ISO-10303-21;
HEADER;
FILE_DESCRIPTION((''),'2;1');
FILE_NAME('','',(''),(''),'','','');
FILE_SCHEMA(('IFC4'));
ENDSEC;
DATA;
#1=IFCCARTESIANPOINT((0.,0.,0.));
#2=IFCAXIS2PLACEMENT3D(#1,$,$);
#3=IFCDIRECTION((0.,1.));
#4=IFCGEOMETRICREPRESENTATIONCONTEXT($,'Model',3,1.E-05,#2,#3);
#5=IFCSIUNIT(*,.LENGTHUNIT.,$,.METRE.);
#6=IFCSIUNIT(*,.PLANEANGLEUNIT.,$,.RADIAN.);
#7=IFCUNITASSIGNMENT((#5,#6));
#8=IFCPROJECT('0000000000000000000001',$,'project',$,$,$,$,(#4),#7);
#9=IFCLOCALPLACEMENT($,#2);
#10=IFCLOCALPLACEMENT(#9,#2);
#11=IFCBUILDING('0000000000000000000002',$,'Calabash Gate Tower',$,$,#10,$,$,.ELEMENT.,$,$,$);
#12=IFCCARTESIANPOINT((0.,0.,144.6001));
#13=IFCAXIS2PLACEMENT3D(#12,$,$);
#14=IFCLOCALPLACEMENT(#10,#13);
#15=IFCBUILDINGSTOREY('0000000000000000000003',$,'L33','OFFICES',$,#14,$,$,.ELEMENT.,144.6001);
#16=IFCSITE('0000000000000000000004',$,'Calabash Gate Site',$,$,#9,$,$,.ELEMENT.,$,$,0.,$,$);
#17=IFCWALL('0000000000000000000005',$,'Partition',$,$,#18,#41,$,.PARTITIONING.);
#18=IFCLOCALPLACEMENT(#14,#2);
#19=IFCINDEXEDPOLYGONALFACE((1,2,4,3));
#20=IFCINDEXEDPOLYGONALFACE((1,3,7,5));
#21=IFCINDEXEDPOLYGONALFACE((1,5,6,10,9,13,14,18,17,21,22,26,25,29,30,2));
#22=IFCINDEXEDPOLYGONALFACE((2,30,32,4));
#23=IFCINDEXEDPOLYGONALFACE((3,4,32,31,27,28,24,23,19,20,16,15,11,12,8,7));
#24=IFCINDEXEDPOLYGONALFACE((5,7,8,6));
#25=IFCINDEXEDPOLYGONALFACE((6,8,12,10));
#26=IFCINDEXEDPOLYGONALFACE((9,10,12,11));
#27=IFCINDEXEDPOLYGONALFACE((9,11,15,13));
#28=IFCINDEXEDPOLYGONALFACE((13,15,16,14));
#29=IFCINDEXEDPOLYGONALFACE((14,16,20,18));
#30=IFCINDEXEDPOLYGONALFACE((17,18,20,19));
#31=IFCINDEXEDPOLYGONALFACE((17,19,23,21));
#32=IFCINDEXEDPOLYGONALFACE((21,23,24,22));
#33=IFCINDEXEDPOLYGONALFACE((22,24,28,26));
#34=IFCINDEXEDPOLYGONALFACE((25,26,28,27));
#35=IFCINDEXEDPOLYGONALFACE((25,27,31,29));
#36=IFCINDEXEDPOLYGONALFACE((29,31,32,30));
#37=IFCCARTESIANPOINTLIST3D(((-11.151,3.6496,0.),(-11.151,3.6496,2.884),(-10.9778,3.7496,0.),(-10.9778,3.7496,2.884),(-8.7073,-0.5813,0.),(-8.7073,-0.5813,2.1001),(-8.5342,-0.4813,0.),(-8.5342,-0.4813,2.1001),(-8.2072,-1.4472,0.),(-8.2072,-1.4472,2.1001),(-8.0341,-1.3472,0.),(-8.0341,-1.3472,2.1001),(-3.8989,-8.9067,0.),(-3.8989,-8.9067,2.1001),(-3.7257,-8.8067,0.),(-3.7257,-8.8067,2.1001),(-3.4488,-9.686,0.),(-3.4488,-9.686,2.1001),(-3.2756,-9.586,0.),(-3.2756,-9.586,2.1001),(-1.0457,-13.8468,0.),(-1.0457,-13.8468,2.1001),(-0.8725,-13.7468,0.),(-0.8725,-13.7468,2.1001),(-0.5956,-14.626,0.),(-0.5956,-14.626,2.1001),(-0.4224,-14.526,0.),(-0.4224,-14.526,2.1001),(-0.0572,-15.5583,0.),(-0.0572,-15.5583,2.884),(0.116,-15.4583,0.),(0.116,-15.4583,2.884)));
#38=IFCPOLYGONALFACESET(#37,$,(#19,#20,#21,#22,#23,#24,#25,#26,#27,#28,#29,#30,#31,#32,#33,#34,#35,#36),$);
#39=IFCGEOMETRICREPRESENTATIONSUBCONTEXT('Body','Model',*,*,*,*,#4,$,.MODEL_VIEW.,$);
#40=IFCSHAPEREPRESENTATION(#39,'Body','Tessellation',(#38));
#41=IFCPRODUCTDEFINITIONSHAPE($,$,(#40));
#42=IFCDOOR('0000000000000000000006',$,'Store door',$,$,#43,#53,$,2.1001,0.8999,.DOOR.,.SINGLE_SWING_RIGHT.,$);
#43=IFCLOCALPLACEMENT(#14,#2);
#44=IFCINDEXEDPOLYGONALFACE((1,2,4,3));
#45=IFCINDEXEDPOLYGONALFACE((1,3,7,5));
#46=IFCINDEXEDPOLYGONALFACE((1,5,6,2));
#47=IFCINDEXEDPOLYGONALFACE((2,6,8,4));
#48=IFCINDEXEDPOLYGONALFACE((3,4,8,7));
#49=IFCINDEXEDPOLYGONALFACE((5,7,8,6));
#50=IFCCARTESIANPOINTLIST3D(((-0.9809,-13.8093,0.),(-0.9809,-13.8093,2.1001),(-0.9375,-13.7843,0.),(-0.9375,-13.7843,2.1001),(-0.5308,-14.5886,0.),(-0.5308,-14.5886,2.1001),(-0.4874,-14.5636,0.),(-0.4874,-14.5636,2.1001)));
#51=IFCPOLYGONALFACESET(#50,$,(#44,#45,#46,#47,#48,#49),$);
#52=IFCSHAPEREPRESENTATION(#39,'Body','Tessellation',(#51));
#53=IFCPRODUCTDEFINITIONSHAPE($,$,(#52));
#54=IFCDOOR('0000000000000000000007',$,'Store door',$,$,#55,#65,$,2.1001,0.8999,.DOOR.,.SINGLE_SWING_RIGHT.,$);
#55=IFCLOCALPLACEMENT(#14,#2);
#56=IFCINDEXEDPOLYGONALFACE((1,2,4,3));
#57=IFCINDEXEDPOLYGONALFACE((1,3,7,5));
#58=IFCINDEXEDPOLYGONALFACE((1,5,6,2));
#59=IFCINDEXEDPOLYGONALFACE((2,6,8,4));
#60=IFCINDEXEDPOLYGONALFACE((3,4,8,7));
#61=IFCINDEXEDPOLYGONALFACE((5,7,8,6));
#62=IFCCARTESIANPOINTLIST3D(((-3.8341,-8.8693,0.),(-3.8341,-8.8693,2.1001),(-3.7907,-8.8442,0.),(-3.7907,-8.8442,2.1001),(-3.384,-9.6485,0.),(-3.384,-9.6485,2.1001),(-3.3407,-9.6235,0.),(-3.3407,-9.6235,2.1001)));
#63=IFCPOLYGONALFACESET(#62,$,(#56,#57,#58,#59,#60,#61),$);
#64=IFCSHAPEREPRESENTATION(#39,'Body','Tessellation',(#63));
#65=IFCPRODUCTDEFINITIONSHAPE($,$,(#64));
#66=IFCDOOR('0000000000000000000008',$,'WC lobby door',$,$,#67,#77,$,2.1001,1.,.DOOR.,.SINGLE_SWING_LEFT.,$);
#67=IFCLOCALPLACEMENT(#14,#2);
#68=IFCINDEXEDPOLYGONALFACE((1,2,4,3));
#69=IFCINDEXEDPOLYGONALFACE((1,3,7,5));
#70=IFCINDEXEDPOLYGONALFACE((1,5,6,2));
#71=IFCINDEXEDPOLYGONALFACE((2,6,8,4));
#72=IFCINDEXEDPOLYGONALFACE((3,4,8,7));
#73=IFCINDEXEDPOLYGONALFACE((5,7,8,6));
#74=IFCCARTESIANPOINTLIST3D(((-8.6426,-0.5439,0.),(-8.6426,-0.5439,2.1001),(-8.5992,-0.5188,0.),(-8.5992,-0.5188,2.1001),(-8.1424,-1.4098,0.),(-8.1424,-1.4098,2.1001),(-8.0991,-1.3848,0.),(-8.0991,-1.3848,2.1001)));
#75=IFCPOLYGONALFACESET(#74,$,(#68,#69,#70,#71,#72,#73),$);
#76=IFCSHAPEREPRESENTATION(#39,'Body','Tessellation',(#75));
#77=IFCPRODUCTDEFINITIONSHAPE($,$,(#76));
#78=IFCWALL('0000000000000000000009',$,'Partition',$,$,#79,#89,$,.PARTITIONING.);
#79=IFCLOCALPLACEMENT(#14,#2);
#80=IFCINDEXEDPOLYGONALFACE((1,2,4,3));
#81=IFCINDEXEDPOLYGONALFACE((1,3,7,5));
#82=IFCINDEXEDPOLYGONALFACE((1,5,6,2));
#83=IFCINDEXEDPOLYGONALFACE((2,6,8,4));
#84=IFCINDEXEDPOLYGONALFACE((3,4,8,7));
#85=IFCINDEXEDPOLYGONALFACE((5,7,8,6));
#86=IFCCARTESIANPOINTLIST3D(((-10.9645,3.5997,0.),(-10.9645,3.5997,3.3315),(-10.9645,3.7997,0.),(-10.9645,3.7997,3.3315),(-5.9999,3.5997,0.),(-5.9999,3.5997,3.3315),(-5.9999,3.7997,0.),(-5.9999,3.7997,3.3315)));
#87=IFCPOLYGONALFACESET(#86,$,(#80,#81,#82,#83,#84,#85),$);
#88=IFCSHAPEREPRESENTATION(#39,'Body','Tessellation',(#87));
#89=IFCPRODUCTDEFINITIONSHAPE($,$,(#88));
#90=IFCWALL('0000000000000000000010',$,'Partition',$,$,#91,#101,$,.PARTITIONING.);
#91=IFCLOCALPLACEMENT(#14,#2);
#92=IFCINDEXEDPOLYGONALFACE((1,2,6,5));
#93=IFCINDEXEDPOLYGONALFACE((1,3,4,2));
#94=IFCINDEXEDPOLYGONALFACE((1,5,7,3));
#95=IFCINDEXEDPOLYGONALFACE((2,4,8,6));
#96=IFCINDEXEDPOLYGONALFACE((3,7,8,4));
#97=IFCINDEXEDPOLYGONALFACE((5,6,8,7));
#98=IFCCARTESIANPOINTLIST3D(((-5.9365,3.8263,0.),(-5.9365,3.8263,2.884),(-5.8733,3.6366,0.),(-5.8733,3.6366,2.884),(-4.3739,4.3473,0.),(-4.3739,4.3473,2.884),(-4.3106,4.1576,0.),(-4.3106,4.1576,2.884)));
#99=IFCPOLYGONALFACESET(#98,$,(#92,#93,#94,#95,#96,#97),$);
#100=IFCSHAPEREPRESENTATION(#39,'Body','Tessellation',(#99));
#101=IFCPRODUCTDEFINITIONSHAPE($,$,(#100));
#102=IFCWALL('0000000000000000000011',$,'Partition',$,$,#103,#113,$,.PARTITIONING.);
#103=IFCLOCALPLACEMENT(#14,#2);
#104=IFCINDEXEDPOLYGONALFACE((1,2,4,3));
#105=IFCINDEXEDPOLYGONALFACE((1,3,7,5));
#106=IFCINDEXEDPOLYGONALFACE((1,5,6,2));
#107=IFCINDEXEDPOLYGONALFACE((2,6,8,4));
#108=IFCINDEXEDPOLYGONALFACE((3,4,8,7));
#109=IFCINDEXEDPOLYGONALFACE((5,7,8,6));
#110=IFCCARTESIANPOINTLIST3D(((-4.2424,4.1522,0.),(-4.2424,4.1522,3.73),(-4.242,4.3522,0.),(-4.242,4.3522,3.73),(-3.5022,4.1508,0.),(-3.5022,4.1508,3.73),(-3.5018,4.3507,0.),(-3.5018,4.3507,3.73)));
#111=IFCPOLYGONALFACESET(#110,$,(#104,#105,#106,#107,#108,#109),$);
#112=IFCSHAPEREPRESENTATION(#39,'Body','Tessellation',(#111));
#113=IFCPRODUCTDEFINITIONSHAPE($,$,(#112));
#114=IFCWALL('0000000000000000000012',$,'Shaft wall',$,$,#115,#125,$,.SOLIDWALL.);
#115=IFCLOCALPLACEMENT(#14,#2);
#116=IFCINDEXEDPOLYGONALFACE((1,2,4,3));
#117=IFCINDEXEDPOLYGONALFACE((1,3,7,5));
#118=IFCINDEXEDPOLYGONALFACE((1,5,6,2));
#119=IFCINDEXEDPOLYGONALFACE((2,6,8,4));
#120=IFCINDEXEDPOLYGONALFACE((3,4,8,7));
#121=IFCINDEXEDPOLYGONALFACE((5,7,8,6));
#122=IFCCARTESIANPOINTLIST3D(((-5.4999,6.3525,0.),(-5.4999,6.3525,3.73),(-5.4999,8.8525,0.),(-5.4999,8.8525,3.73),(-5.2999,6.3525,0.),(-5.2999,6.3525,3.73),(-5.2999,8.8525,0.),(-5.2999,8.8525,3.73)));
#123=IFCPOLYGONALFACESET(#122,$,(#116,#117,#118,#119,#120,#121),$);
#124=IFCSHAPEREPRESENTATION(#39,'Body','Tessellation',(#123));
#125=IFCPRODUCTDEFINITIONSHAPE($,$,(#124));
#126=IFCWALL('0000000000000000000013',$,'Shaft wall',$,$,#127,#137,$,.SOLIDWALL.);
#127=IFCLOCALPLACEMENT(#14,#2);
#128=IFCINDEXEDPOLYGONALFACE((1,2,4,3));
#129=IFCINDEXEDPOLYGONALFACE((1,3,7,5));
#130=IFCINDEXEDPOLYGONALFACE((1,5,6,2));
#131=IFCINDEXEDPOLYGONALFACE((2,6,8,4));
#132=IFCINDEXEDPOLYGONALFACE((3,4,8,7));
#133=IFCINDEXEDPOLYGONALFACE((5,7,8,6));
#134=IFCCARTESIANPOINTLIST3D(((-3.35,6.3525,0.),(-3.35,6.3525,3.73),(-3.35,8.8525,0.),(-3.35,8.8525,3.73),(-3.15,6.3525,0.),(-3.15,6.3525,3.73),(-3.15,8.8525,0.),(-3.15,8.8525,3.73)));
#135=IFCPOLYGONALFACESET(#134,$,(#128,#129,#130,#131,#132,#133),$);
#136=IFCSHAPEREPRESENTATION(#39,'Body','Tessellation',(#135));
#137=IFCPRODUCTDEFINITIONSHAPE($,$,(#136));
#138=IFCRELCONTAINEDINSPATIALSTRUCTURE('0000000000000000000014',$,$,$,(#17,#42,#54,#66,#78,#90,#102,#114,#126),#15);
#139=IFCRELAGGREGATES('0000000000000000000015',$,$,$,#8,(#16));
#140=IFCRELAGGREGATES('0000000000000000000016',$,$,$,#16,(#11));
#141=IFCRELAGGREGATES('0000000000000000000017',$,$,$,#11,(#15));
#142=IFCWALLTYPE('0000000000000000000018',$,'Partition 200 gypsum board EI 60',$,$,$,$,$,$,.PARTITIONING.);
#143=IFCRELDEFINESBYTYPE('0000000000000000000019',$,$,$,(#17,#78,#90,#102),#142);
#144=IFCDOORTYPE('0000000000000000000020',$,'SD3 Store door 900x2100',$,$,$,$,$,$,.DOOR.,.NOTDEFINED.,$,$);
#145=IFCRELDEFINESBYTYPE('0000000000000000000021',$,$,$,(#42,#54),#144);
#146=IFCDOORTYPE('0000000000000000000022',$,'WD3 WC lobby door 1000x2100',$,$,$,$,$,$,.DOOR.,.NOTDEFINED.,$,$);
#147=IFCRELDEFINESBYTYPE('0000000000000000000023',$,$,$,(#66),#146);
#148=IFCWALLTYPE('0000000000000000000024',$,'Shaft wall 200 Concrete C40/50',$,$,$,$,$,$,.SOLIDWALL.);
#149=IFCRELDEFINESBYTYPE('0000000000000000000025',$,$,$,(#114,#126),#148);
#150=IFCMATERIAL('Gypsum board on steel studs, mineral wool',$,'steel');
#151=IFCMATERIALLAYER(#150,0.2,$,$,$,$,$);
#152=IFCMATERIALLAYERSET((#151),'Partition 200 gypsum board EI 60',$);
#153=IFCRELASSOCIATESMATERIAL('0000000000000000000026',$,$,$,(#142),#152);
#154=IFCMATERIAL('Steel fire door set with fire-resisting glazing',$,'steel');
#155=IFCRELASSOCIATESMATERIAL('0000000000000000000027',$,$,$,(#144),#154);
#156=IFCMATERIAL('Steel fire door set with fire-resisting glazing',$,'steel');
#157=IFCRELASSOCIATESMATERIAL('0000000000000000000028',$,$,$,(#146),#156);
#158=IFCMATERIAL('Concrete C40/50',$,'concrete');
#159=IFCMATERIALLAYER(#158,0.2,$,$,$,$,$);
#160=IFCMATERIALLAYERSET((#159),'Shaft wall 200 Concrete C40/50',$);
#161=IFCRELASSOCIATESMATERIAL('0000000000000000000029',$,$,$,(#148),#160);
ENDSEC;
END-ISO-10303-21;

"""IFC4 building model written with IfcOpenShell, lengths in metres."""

from ifc_helpers import new_model, si_unit, direction, frame, frame_2d, origin, place, context, subcontext, project, spatial, rectangle, extrude, material, layer, layer_set, type_object, element, fill, save


model = new_model("IFC4")

# Units and contexts
model_context = context("Model", 3, precision=1e-05, world=origin(), true_north=direction((0.0, 1.0)))
body_context = subcontext(model_context, "Body", "Model", "MODEL_VIEW")
ifc_project = project(units=[si_unit("LENGTHUNIT", "METRE"), si_unit("PLANEANGLEUNIT", "RADIAN")], contexts=[model_context])

# Site, building, storey
site_placement = place(None, origin())
site = spatial("IfcSite", under=ifc_project, at=site_placement, Name="Calabash Gate Site", CompositionType="ELEMENT", RefElevation=0.0)
building_placement = place(site_placement, origin())
building = spatial("IfcBuilding", under=site, at=building_placement, Name="Calabash Gate Tower", CompositionType="ELEMENT")
storey_placement = place(building_placement, frame((0.0, 0.0, 144.6001)))
storey = spatial("IfcBuildingStorey", under=building, at=storey_placement, Name="L33", Description="OFFICES", CompositionType="ELEMENT", Elevation=144.6001)

# Shared definitions
ifc_material_1 = material(Name="Gypsum board on steel studs, mineral wool", Category="steel")
ifc_layer_1 = layer(ifc_material_1, 0.2)
ifc_layer_set_1 = layer_set([ifc_layer_1], Name="Partition 200 gypsum board EI 60")
wall_type_1 = type_object("IfcWallType", Name="Partition 200 gypsum board EI 60", PredefinedType="PARTITIONING", material=ifc_layer_set_1)

# Wall, openings, doors
wall_1_placement = place(storey_placement, frame((-11.0645, 3.6997, 0.0), z_axis=(0.0, 0.0, 1.0), x_axis=(0.50014, -0.865945, 0.0)))
wall_1 = element("IfcWall", 1, at=wall_1_placement, inside=storey, type_object=wall_type_1, Name="Partition", PredefinedType="PARTITIONING", context=body_context, shape_type="SweptSolid", body=[
    extrude(rectangle(XDim=22.1814, YDim=0.2, at=frame_2d((11.0908, 0.0))), origin(), (0.0, 0.0, 1.0), 2.884),
])
opening_1_placement = place(wall_1_placement, frame((20.2051, 0.0, 0.0)))
opening_1 = element("IfcOpeningElement", 2, at=opening_1_placement, cuts=wall_1, PredefinedType="OPENING", context=body_context, shape_type="SweptSolid", body=[
    extrude(rectangle(XDim=0.8999, YDim=2.1001, at=frame_2d((0.45, 1.05))), frame((0.0, 0.1099, 0.0), z_axis=(0.0, -1.0, 0.0), x_axis=(1.0, 0.0, 0.0)), (0.0, 0.0, 1.0), 0.22),
])
opening_2_placement = place(wall_1_placement, frame((14.5002, 0.0, 0.0)))
opening_2 = element("IfcOpeningElement", 3, at=opening_2_placement, cuts=wall_1, PredefinedType="OPENING", context=body_context, shape_type="SweptSolid", body=[
    extrude(rectangle(XDim=0.8999, YDim=2.1001, at=frame_2d((0.45, 1.05))), frame((0.0, 0.1099, 0.0), z_axis=(0.0, -1.0, 0.0), x_axis=(1.0, 0.0, 0.0)), (0.0, 0.0, 1.0), 0.22),
])
opening_3_placement = place(wall_1_placement, frame((4.886, 0.0, 0.0)))
opening_3 = element("IfcOpeningElement", 4, at=opening_3_placement, cuts=wall_1, PredefinedType="OPENING", context=body_context, shape_type="SweptSolid", body=[
    extrude(rectangle(XDim=1.0, YDim=2.1001, at=frame_2d((0.5, 1.05))), frame((0.0, 0.1099, 0.0), z_axis=(0.0, -1.0, 0.0), x_axis=(1.0, 0.0, 0.0)), (0.0, 0.0, 1.0), 0.22),
])
ifc_material_2 = material(Name="Steel fire door set with fire-resisting glazing", Category="steel")
door_type_1 = type_object("IfcDoorType", Name="SD3 Store door 900x2100", OperationType="NOTDEFINED", PredefinedType="DOOR", material=ifc_material_2)
door_1_placement = place(opening_1_placement, origin())
door_1 = element("IfcDoor", 5, at=door_1_placement, inside=storey, type_object=door_type_1, Name="Store door", OperationType="SINGLE_SWING_RIGHT", OverallHeight=2.1001, OverallWidth=0.8999, PredefinedType="DOOR", context=body_context, shape_type="SweptSolid", body=[
    extrude(rectangle(XDim=0.8999, YDim=2.1001, at=frame_2d((0.45, 1.05))), frame((0.0, 0.0249, 0.0), z_axis=(0.0, -1.0, 0.0), x_axis=(1.0, 0.0, 0.0)), (0.0, 0.0, 1.0), 0.05),
])
fill(opening_1, door_1)
door_2_placement = place(opening_2_placement, origin())
door_2 = element("IfcDoor", 6, at=door_2_placement, inside=storey, type_object=door_type_1, Name="Store door", OperationType="SINGLE_SWING_RIGHT", OverallHeight=2.1001, OverallWidth=0.8999, PredefinedType="DOOR", context=body_context, shape_type="SweptSolid", body=[
    extrude(rectangle(XDim=0.8999, YDim=2.1001, at=frame_2d((0.45, 1.05))), frame((0.0, 0.0249, 0.0), z_axis=(0.0, -1.0, 0.0), x_axis=(1.0, 0.0, 0.0)), (0.0, 0.0, 1.0), 0.05),
])
fill(opening_2, door_2)
ifc_material_3 = material(Name="Steel fire door set with fire-resisting glazing", Category="steel")
door_type_2 = type_object("IfcDoorType", Name="WD3 WC lobby door 1000x2100", OperationType="NOTDEFINED", PredefinedType="DOOR", material=ifc_material_3)
door_3_placement = place(opening_3_placement, origin())
door_3 = element("IfcDoor", 7, at=door_3_placement, inside=storey, type_object=door_type_2, Name="WC lobby door", OperationType="SINGLE_SWING_LEFT", OverallHeight=2.1001, OverallWidth=1.0, PredefinedType="DOOR", context=body_context, shape_type="SweptSolid", body=[
    extrude(rectangle(XDim=1.0, YDim=2.1001, at=frame_2d((0.5, 1.05))), frame((0.0, 0.0249, 0.0), z_axis=(0.0, -1.0, 0.0), x_axis=(1.0, 0.0, 0.0)), (0.0, 0.0, 1.0), 0.05),
])
fill(opening_3, door_3)

# Walls
wall_2_placement = place(storey_placement, frame((-10.9646, 3.6997, 0.0), z_axis=(0.0, 0.0, 1.0), x_axis=(1.0, 0.0, 0.0)))
element("IfcWall", 8, at=wall_2_placement, inside=storey, type_object=wall_type_1, Name="Partition", PredefinedType="PARTITIONING", context=body_context, shape_type="SweptSolid", body=[
    extrude(rectangle(XDim=4.9646, YDim=0.2, at=frame_2d((2.4824, 0.0))), origin(), (0.0, 0.0, 1.0), 3.3315),
])
wall_3_placement = place(storey_placement, frame((-5.905, 3.7314, 0.0), z_axis=(0.0, 0.0, 1.0), x_axis=(0.948668, 0.316272, 0.0)))
element("IfcWall", 9, at=wall_3_placement, inside=storey, type_object=wall_type_1, Name="Partition", PredefinedType="PARTITIONING", context=body_context, shape_type="SweptSolid", body=[
    extrude(rectangle(XDim=1.6472, YDim=0.2, at=frame_2d((0.8237, 0.0))), origin(), (0.0, 0.0, 1.0), 2.884),
])
wall_4_placement = place(storey_placement, frame((-4.2422, 4.2522, 0.0), z_axis=(0.0, 0.0, 1.0), x_axis=(0.999998, -0.001979, 0.0)))
element("IfcWall", 10, at=wall_4_placement, inside=storey, type_object=wall_type_1, Name="Partition", PredefinedType="PARTITIONING", context=body_context, shape_type="SweptSolid", body=[
    extrude(rectangle(XDim=0.7402, YDim=0.2, at=frame_2d((0.3701, 0.0))), origin(), (0.0, 0.0, 1.0), 3.73),
])
ifc_material_4 = material(Name="Concrete C40/50", Category="concrete")
ifc_layer_2 = layer(ifc_material_4, 0.2)
ifc_layer_set_2 = layer_set([ifc_layer_2], Name="Shaft wall 200 Concrete C40/50")
wall_type_2 = type_object("IfcWallType", Name="Shaft wall 200 Concrete C40/50", PredefinedType="SOLIDWALL", material=ifc_layer_set_2)
for number, where, z_axis, x_axis, name in (
    (11, (-5.3999, 6.3525, 0.0), (0.0, 0.0, 1.0), (0.0, 1.0, 0.0), "Shaft wall"),
    (12, (-3.25, 6.3525, 0.0), (0.0, 0.0, 1.0), (0.0, 1.0, 0.0), "Shaft wall"),
):
    element("IfcWall", number, at=place(storey_placement, frame(where, z_axis=z_axis, x_axis=x_axis)), inside=storey, type_object=wall_type_2, Name=name, PredefinedType="SOLIDWALL", context=body_context, shape_type="SweptSolid", body=[
        extrude(rectangle(XDim=2.5, YDim=0.2, at=frame_2d((1.25, 0.0))), origin(), (0.0, 0.0, 1.0), 3.73),
    ])

save(model, "model.ifc")
